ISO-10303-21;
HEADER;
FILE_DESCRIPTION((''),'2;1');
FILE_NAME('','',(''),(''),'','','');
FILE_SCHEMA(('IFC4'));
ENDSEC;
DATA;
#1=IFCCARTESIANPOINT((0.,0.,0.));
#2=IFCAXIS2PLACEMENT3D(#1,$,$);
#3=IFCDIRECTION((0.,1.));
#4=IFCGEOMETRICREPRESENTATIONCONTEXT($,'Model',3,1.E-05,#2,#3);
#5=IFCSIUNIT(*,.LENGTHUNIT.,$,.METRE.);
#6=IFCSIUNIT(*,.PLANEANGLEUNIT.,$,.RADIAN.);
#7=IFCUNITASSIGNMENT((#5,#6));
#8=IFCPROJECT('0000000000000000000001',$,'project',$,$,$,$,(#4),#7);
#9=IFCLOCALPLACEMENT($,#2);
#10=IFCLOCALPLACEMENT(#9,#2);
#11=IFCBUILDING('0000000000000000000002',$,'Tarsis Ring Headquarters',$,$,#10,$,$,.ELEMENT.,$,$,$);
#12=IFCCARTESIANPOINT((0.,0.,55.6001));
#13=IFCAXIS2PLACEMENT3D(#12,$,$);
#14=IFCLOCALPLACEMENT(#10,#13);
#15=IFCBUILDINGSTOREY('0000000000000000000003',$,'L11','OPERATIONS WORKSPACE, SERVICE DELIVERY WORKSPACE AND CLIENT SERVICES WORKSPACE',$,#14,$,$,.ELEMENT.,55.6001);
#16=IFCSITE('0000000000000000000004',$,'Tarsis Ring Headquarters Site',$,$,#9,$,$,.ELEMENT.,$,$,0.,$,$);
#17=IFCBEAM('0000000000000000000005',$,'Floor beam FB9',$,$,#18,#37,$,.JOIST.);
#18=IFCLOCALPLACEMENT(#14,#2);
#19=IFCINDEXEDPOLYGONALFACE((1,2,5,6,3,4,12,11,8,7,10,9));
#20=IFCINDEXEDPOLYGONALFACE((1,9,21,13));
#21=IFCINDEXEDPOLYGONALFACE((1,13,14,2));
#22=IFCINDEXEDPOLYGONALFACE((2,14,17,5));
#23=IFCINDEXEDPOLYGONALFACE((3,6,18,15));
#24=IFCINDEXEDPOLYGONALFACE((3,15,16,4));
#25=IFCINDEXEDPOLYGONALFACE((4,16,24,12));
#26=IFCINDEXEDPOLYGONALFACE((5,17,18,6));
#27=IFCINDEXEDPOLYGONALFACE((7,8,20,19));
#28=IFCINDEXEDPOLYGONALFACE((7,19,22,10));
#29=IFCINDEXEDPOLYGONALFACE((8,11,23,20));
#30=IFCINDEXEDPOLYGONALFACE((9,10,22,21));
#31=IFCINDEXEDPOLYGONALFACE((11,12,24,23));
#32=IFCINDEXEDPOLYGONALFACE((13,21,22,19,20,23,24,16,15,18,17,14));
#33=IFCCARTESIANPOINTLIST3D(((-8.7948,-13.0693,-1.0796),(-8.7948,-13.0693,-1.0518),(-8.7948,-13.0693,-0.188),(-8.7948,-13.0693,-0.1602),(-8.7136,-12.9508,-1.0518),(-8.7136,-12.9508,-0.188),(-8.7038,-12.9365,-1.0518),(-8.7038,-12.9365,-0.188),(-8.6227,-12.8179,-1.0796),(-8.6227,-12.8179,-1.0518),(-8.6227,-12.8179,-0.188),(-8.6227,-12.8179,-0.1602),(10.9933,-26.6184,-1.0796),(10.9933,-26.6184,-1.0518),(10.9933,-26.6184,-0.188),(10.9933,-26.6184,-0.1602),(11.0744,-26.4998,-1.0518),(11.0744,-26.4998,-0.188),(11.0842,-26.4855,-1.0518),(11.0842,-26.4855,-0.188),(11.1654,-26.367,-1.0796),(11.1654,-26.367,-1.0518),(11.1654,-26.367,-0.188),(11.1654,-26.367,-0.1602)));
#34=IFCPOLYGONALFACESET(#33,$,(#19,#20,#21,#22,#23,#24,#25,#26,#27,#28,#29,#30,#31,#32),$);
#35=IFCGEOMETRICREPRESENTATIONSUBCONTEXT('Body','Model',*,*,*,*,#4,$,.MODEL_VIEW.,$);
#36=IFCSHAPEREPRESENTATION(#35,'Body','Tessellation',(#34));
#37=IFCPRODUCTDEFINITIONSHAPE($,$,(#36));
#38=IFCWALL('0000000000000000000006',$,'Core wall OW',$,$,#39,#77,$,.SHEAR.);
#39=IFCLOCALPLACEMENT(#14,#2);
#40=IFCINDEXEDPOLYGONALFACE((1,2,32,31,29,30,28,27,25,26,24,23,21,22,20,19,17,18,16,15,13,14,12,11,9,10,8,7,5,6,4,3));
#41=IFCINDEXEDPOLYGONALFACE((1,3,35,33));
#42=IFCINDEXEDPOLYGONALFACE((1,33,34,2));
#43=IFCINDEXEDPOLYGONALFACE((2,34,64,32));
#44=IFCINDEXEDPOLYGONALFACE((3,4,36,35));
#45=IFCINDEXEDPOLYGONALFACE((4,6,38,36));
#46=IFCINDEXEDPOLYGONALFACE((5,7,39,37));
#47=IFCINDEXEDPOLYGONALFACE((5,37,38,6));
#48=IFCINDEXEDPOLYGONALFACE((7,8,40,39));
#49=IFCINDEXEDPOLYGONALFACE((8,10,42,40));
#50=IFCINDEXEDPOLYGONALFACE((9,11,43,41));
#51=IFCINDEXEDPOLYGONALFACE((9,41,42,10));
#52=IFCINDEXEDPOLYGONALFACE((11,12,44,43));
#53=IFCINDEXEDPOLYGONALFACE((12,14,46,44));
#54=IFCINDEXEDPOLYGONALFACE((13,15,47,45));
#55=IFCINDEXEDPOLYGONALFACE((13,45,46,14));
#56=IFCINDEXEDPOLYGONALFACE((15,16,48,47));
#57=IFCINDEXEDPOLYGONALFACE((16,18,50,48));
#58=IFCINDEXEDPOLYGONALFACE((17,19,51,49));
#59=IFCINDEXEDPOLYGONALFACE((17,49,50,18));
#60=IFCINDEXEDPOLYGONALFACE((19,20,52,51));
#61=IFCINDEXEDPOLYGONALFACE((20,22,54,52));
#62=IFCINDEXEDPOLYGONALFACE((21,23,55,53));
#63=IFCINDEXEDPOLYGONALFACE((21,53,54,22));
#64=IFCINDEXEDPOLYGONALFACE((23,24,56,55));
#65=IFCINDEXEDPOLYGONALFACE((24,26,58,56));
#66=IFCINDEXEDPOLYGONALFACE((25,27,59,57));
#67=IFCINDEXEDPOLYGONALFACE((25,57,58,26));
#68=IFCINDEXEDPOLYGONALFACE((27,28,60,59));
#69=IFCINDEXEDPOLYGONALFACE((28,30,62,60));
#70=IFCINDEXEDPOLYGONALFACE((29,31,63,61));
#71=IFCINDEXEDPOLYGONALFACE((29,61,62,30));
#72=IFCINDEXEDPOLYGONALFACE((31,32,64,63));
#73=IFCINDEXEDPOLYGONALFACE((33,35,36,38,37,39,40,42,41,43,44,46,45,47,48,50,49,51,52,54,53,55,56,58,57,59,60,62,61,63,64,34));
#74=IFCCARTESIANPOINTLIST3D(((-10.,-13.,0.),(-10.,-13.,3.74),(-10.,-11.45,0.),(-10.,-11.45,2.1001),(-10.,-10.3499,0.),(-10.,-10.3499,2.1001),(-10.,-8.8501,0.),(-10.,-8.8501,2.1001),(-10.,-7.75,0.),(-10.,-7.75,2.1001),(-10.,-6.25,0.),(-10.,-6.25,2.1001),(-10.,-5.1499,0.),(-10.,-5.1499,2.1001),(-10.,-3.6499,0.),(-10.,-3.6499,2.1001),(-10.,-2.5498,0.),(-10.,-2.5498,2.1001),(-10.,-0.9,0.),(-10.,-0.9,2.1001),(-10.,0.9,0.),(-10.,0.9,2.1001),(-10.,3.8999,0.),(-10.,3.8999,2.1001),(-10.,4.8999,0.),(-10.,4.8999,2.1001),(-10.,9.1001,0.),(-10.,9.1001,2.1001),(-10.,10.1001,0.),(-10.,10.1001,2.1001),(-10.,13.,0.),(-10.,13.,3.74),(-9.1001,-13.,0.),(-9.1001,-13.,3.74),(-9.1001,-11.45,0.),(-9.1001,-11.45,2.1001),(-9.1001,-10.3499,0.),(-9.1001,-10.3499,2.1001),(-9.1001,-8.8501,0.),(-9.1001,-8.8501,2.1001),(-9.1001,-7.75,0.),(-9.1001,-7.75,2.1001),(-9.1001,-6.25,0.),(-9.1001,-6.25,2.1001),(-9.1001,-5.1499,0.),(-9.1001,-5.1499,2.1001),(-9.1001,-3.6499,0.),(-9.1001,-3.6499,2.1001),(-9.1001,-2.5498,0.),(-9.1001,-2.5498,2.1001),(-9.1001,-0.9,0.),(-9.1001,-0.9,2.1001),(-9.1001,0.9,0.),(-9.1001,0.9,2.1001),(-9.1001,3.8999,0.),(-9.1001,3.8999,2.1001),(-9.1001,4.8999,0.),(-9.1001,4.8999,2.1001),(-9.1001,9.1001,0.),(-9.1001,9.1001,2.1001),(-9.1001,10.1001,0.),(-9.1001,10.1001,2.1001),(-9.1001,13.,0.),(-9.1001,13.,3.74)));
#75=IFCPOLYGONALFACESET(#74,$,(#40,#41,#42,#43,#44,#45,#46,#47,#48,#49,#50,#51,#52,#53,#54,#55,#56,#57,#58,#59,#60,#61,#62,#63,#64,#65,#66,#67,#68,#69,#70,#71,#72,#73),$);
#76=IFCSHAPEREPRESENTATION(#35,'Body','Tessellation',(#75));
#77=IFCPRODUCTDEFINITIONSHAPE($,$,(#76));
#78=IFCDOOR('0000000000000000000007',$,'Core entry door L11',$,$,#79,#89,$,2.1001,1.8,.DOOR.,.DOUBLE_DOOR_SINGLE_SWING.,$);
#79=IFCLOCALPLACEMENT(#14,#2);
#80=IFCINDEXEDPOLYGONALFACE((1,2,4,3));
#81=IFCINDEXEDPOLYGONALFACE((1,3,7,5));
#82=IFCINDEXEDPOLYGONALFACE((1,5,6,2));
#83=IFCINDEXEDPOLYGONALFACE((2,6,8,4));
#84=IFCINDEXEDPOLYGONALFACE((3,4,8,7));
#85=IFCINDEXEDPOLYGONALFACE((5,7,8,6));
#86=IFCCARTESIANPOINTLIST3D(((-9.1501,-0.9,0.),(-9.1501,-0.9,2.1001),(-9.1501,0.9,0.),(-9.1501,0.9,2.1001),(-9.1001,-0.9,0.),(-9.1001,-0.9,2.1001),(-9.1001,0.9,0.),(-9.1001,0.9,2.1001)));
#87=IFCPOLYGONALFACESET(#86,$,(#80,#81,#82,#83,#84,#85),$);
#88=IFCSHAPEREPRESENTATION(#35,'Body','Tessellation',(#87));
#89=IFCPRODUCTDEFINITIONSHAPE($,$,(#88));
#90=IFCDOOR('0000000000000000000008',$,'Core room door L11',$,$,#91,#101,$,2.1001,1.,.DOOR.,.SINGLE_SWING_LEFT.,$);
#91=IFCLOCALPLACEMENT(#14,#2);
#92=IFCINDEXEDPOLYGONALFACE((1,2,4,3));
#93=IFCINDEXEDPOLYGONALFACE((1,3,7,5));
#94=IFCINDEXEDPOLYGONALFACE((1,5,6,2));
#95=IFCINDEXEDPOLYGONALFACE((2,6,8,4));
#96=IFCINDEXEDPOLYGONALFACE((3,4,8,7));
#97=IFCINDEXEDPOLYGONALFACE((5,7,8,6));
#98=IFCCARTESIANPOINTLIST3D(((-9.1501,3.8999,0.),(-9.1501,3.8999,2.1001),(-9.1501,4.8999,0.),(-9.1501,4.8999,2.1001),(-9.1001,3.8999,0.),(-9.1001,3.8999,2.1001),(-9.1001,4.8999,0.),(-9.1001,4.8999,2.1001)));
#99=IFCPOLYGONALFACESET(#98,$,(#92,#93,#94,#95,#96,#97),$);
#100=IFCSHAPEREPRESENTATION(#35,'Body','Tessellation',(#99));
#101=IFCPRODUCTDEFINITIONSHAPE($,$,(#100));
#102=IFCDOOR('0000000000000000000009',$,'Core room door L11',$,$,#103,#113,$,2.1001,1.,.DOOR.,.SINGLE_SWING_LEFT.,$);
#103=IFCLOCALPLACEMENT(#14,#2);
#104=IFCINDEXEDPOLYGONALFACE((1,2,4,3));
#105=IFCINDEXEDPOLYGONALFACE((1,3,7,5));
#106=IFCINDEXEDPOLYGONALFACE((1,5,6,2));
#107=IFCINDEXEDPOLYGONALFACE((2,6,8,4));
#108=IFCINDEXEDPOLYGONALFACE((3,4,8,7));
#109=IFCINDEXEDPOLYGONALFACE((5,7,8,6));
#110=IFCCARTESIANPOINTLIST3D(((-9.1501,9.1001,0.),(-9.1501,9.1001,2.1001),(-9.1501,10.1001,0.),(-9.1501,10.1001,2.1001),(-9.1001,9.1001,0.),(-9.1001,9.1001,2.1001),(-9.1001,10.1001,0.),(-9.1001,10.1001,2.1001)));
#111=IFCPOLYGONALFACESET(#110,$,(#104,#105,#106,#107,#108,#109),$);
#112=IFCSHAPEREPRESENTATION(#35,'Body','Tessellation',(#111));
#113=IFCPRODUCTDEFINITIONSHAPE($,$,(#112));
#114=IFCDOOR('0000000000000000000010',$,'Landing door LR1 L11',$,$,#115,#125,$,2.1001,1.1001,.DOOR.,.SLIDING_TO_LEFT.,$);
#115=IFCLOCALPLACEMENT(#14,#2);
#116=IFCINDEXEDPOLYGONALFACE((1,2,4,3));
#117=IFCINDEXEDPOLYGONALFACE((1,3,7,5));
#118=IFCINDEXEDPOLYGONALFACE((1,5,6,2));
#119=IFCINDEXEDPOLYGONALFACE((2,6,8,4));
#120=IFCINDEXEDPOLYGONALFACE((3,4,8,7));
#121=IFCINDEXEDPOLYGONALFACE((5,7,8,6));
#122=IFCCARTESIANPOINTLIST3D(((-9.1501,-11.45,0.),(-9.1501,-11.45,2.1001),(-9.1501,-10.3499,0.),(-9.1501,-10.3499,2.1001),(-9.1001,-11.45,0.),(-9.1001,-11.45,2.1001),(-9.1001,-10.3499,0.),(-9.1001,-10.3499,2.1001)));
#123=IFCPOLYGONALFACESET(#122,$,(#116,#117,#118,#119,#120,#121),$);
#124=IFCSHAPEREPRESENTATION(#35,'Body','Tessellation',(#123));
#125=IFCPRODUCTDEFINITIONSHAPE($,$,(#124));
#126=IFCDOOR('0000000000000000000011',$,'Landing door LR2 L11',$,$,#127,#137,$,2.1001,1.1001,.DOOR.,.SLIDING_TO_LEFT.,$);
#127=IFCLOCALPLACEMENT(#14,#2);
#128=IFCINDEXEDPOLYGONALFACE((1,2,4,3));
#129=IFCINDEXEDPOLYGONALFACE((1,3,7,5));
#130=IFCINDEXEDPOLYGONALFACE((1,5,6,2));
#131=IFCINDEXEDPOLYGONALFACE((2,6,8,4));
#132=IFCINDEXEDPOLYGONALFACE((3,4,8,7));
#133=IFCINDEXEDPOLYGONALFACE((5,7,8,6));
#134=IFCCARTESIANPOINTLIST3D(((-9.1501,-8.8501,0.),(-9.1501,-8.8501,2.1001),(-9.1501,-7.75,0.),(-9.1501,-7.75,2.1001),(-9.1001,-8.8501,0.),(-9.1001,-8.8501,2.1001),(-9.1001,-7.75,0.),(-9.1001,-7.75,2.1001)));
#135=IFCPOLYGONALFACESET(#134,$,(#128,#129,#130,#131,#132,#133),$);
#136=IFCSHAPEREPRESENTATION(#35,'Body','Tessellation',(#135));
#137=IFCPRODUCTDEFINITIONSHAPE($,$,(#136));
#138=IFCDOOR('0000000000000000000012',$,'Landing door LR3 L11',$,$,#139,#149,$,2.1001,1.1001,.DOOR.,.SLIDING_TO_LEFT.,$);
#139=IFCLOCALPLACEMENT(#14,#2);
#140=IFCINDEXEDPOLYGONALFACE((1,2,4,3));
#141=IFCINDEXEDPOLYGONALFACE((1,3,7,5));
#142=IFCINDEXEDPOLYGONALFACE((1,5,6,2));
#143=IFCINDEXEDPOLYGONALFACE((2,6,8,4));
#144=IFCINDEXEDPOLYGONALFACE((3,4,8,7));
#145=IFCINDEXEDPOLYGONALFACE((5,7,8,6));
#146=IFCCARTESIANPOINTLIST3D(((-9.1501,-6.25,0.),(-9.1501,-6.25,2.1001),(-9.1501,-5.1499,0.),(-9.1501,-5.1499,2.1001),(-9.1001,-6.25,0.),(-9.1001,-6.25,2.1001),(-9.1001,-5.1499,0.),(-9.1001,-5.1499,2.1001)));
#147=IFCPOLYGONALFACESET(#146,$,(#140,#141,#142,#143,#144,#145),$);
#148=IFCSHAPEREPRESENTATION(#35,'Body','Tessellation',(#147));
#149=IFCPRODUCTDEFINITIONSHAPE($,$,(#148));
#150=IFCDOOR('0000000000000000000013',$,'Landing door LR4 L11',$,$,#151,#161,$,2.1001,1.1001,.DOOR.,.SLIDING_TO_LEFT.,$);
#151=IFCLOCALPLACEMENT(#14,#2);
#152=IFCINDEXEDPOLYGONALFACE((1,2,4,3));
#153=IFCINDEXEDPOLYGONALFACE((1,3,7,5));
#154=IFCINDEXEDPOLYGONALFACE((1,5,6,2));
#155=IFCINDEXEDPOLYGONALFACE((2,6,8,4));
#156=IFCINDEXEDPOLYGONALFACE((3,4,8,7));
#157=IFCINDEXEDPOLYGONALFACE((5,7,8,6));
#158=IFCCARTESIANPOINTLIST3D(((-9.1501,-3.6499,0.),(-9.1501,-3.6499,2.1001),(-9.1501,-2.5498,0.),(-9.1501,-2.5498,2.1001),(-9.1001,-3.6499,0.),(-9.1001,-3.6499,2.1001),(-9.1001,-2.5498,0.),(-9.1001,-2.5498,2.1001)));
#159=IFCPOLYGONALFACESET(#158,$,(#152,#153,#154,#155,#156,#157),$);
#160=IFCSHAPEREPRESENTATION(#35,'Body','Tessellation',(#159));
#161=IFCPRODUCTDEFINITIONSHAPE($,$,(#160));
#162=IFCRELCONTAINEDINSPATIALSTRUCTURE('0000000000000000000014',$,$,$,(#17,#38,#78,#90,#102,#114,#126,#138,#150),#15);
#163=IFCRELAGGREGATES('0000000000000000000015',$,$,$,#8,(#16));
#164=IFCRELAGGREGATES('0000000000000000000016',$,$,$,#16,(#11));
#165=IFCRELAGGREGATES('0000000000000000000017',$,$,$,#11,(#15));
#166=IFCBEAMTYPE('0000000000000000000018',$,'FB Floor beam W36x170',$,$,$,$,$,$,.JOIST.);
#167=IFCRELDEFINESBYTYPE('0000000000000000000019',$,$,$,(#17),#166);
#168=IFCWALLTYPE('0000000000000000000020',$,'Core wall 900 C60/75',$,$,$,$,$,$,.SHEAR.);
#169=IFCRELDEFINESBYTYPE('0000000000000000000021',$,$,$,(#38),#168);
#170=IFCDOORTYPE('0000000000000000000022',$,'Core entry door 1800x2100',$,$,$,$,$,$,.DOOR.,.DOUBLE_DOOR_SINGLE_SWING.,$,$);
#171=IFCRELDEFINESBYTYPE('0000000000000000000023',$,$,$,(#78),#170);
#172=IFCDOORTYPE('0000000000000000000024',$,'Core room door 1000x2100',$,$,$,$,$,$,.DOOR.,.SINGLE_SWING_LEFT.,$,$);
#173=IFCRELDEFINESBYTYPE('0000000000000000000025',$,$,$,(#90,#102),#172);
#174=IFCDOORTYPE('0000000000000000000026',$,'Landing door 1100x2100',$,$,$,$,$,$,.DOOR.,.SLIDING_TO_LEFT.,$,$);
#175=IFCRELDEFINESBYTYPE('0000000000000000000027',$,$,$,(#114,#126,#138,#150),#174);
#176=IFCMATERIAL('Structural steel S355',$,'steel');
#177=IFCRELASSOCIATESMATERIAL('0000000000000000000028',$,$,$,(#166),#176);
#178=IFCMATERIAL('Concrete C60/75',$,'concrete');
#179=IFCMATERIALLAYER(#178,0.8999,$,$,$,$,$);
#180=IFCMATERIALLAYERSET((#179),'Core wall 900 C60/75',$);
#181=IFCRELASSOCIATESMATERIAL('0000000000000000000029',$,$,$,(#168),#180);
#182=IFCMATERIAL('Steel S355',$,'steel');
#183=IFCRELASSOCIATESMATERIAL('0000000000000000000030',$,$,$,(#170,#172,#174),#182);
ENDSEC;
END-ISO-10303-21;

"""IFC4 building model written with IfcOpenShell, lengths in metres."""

from ifc_helpers import new_model, si_unit, direction, frame, frame_2d, origin, origin_2d, place, context, subcontext, project, spatial, rectangle, i_section, extrude, material, layer, layer_set, material_profile, profile_set, type_object, element, fill, save


model = new_model("IFC4")

# Units and contexts
model_context = context("Model", 3, precision=1e-05, world=origin(), true_north=direction((0.0, 1.0)))
body_context = subcontext(model_context, "Body", "Model", "MODEL_VIEW")
ifc_project = project(units=[si_unit("LENGTHUNIT", "METRE"), si_unit("PLANEANGLEUNIT", "RADIAN")], contexts=[model_context])

# Site, building, storey
site_placement = place(None, origin())
site = spatial("IfcSite", under=ifc_project, at=site_placement, Name="Tarsis Ring Headquarters Site", CompositionType="ELEMENT", RefElevation=0.0)
building_placement = place(site_placement, origin())
building = spatial("IfcBuilding", under=site, at=building_placement, Name="Tarsis Ring Headquarters", CompositionType="ELEMENT")
storey_placement = place(building_placement, frame((0.0, 0.0, 55.6001)))
storey = spatial("IfcBuildingStorey", under=building, at=storey_placement, Name="L11", Description="OPERATIONS WORKSPACE, SERVICE DELIVERY WORKSPACE AND CLIENT SERVICES WORKSPACE", CompositionType="ELEMENT", Elevation=55.6001)

# Beam
ifc_material_1 = material(Name="Structural steel S355", Category="steel")
ifc_material_profile_1 = material_profile(ifc_material_1, i_section(OverallWidth=0.3047, OverallDepth=0.9194, WebThickness=0.0173, FlangeThickness=0.0278, at=origin_2d()), Name="W36x170")
ifc_profile_set_1 = profile_set([ifc_material_profile_1], Name="Structural steel S355")
beam_type = type_object("IfcBeamType", Name="FB Floor beam W36x170", PredefinedType="JOIST", material=ifc_profile_set_1)
beam_placement = place(storey_placement, frame((-8.7087, -12.9436, -0.6199), z_axis=(0.825116, -0.564964, 0.0), x_axis=(0.564964, 0.825116, 0.0)))
element("IfcBeam", 1, at=beam_placement, inside=storey, type_object=beam_type, Name="Floor beam FB9", PredefinedType="JOIST", context=body_context, shape_type="SweptSolid", body=[
    extrude(i_section(OverallWidth=0.3047, OverallDepth=0.9194, WebThickness=0.0173, FlangeThickness=0.0278, at=origin_2d()), origin(), (0.0, 0.0, 1.0), 23.9822),
])

# Wall, openings, doors
ifc_material_2 = material(Name="Concrete C60/75", Category="concrete")
ifc_layer_1 = layer(ifc_material_2, 0.8999)
ifc_layer_set_1 = layer_set([ifc_layer_1], Name="Core wall 900 C60/75")
wall_type_1 = type_object("IfcWallType", Name="Core wall 900 C60/75", PredefinedType="SHEAR", material=ifc_layer_set_1)
wall_1_placement = place(storey_placement, frame((-9.55, -13.0, 0.0), z_axis=(0.0, 0.0, 1.0), x_axis=(0.0, 1.0, 0.0)))
wall_1 = element("IfcWall", 2, at=wall_1_placement, inside=storey, type_object=wall_type_1, Name="Core wall OW", PredefinedType="SHEAR", context=body_context, shape_type="SweptSolid", body=[
    extrude(rectangle(XDim=26.0, YDim=0.8999, at=frame_2d((13.0, 0.0))), origin(), (0.0, 0.0, 1.0), 3.74),
])
opening_1_placement = place(wall_1_placement, frame((1.55, 0.0, 0.0)))
opening_1 = element("IfcOpeningElement", 3, at=opening_1_placement, cuts=wall_1, PredefinedType="OPENING", context=body_context, shape_type="SweptSolid", body=[
    extrude(rectangle(XDim=1.1001, YDim=2.1001, at=frame_2d((0.55, 1.05))), frame((0.0, 0.46, 0.0), z_axis=(0.0, -1.0, 0.0), x_axis=(1.0, 0.0, 0.0)), (0.0, 0.0, 1.0), 0.9199),
])
opening_2_placement = place(wall_1_placement, frame((4.1499, 0.0, 0.0)))
opening_2 = element("IfcOpeningElement", 4, at=opening_2_placement, cuts=wall_1, PredefinedType="OPENING", context=body_context, shape_type="SweptSolid", body=[
    extrude(rectangle(XDim=1.1001, YDim=2.1001, at=frame_2d((0.55, 1.05))), frame((0.0, 0.46, 0.0), z_axis=(0.0, -1.0, 0.0), x_axis=(1.0, 0.0, 0.0)), (0.0, 0.0, 1.0), 0.9199),
])
opening_3_placement = place(wall_1_placement, frame((6.75, 0.0, 0.0)))
opening_3 = element("IfcOpeningElement", 5, at=opening_3_placement, cuts=wall_1, PredefinedType="OPENING", context=body_context, shape_type="SweptSolid", body=[
    extrude(rectangle(XDim=1.1001, YDim=2.1001, at=frame_2d((0.55, 1.05))), frame((0.0, 0.46, 0.0), z_axis=(0.0, -1.0, 0.0), x_axis=(1.0, 0.0, 0.0)), (0.0, 0.0, 1.0), 0.9199),
])
opening_4_placement = place(wall_1_placement, frame((9.3501, 0.0, 0.0)))
opening_4 = element("IfcOpeningElement", 6, at=opening_4_placement, cuts=wall_1, PredefinedType="OPENING", context=body_context, shape_type="SweptSolid", body=[
    extrude(rectangle(XDim=1.1001, YDim=2.1001, at=frame_2d((0.55, 1.05))), frame((0.0, 0.46, 0.0), z_axis=(0.0, -1.0, 0.0), x_axis=(1.0, 0.0, 0.0)), (0.0, 0.0, 1.0), 0.9199),
])
opening_5_placement = place(wall_1_placement, frame((12.1001, 0.0, 0.0)))
opening_5 = element("IfcOpeningElement", 7, at=opening_5_placement, cuts=wall_1, PredefinedType="OPENING", context=body_context, shape_type="SweptSolid", body=[
    extrude(rectangle(XDim=1.8, YDim=2.1001, at=frame_2d((0.8999, 1.05))), frame((0.0, 0.46, 0.0), z_axis=(0.0, -1.0, 0.0), x_axis=(1.0, 0.0, 0.0)), (0.0, 0.0, 1.0), 0.9199),
])
opening_6_placement = place(wall_1_placement, frame((16.8999, 0.0, 0.0)))
opening_6 = element("IfcOpeningElement", 8, at=opening_6_placement, cuts=wall_1, PredefinedType="OPENING", context=body_context, shape_type="SweptSolid", body=[
    extrude(rectangle(XDim=1.0, YDim=2.1001, at=frame_2d((0.5, 1.05))), frame((0.0, 0.46, 0.0), z_axis=(0.0, -1.0, 0.0), x_axis=(1.0, 0.0, 0.0)), (0.0, 0.0, 1.0), 0.9199),
])
opening_7_placement = place(wall_1_placement, frame((22.1001, 0.0, 0.0)))
opening_7 = element("IfcOpeningElement", 9, at=opening_7_placement, cuts=wall_1, PredefinedType="OPENING", context=body_context, shape_type="SweptSolid", body=[
    extrude(rectangle(XDim=1.0, YDim=2.1001, at=frame_2d((0.5, 1.05))), frame((0.0, 0.46, 0.0), z_axis=(0.0, -1.0, 0.0), x_axis=(1.0, 0.0, 0.0)), (0.0, 0.0, 1.0), 0.9199),
])
ifc_material_3 = material(Name="Steel S355", Category="steel")
door_type_1 = type_object("IfcDoorType", Name="Core entry door 1800x2100", OperationType="DOUBLE_DOOR_SINGLE_SWING", PredefinedType="DOOR", material=ifc_material_3)
door_1_placement = place(opening_5_placement, origin())
door_1 = element("IfcDoor", 10, at=door_1_placement, inside=storey, type_object=door_type_1, Name="Core entry door L11", OperationType="DOUBLE_DOOR_SINGLE_SWING", OverallHeight=2.1001, OverallWidth=1.8, PredefinedType="DOOR", context=body_context, shape_type="SweptSolid", body=[
    extrude(rectangle(XDim=1.8, YDim=2.1001, at=frame_2d((0.8999, 1.05))), frame((0.0, -0.3999, 0.0), z_axis=(0.0, -1.0, 0.0), x_axis=(1.0, 0.0, 0.0)), (0.0, 0.0, 1.0), 0.05),
])
fill(opening_5, door_1)
door_type_2 = type_object("IfcDoorType", Name="Core room door 1000x2100", OperationType="SINGLE_SWING_LEFT", PredefinedType="DOOR", material=ifc_material_3)
door_2_placement = place(opening_6_placement, origin())
door_2 = element("IfcDoor", 11, at=door_2_placement, inside=storey, type_object=door_type_2, Name="Core room door L11", OperationType="SINGLE_SWING_LEFT", OverallHeight=2.1001, OverallWidth=1.0, PredefinedType="DOOR", context=body_context, shape_type="SweptSolid", body=[
    extrude(rectangle(XDim=1.0, YDim=2.1001, at=frame_2d((0.5, 1.05))), frame((0.0, -0.3999, 0.0), z_axis=(0.0, -1.0, 0.0), x_axis=(1.0, 0.0, 0.0)), (0.0, 0.0, 1.0), 0.05),
])
fill(opening_6, door_2)
door_3_placement = place(opening_7_placement, origin())
door_3 = element("IfcDoor", 12, at=door_3_placement, inside=storey, type_object=door_type_2, Name="Core room door L11", OperationType="SINGLE_SWING_LEFT", OverallHeight=2.1001, OverallWidth=1.0, PredefinedType="DOOR", context=body_context, shape_type="SweptSolid", body=[
    extrude(rectangle(XDim=1.0, YDim=2.1001, at=frame_2d((0.5, 1.05))), frame((0.0, -0.3999, 0.0), z_axis=(0.0, -1.0, 0.0), x_axis=(1.0, 0.0, 0.0)), (0.0, 0.0, 1.0), 0.05),
])
fill(opening_7, door_3)
door_type_3 = type_object("IfcDoorType", Name="Landing door 1100x2100", OperationType="SLIDING_TO_LEFT", PredefinedType="DOOR", material=ifc_material_3)
door_4_placement = place(opening_1_placement, origin())
door_4 = element("IfcDoor", 13, at=door_4_placement, inside=storey, type_object=door_type_3, Name="Landing door LR1 L11", OperationType="SLIDING_TO_LEFT", OverallHeight=2.1001, OverallWidth=1.1001, PredefinedType="DOOR", context=body_context, shape_type="SweptSolid", body=[
    extrude(rectangle(XDim=1.1001, YDim=2.1001, at=frame_2d((0.55, 1.05))), frame((0.0, -0.3999, 0.0), z_axis=(0.0, -1.0, 0.0), x_axis=(1.0, 0.0, 0.0)), (0.0, 0.0, 1.0), 0.05),
])
fill(opening_1, door_4)
door_5_placement = place(opening_2_placement, origin())
door_5 = element("IfcDoor", 14, at=door_5_placement, inside=storey, type_object=door_type_3, Name="Landing door LR2 L11", OperationType="SLIDING_TO_LEFT", OverallHeight=2.1001, OverallWidth=1.1001, PredefinedType="DOOR", context=body_context, shape_type="SweptSolid", body=[
    extrude(rectangle(XDim=1.1001, YDim=2.1001, at=frame_2d((0.55, 1.05))), frame((0.0, -0.3999, 0.0), z_axis=(0.0, -1.0, 0.0), x_axis=(1.0, 0.0, 0.0)), (0.0, 0.0, 1.0), 0.05),
])
fill(opening_2, door_5)
door_6_placement = place(opening_3_placement, origin())
door_6 = element("IfcDoor", 15, at=door_6_placement, inside=storey, type_object=door_type_3, Name="Landing door LR3 L11", OperationType="SLIDING_TO_LEFT", OverallHeight=2.1001, OverallWidth=1.1001, PredefinedType="DOOR", context=body_context, shape_type="SweptSolid", body=[
    extrude(rectangle(XDim=1.1001, YDim=2.1001, at=frame_2d((0.55, 1.05))), frame((0.0, -0.3999, 0.0), z_axis=(0.0, -1.0, 0.0), x_axis=(1.0, 0.0, 0.0)), (0.0, 0.0, 1.0), 0.05),
])
fill(opening_3, door_6)
door_7_placement = place(opening_4_placement, origin())
door_7 = element("IfcDoor", 16, at=door_7_placement, inside=storey, type_object=door_type_3, Name="Landing door LR4 L11", OperationType="SLIDING_TO_LEFT", OverallHeight=2.1001, OverallWidth=1.1001, PredefinedType="DOOR", context=body_context, shape_type="SweptSolid", body=[
    extrude(rectangle(XDim=1.1001, YDim=2.1001, at=frame_2d((0.55, 1.05))), frame((0.0, -0.3999, 0.0), z_axis=(0.0, -1.0, 0.0), x_axis=(1.0, 0.0, 0.0)), (0.0, 0.0, 1.0), 0.05),
])
fill(opening_4, door_7)

save(model, "model.ifc")
